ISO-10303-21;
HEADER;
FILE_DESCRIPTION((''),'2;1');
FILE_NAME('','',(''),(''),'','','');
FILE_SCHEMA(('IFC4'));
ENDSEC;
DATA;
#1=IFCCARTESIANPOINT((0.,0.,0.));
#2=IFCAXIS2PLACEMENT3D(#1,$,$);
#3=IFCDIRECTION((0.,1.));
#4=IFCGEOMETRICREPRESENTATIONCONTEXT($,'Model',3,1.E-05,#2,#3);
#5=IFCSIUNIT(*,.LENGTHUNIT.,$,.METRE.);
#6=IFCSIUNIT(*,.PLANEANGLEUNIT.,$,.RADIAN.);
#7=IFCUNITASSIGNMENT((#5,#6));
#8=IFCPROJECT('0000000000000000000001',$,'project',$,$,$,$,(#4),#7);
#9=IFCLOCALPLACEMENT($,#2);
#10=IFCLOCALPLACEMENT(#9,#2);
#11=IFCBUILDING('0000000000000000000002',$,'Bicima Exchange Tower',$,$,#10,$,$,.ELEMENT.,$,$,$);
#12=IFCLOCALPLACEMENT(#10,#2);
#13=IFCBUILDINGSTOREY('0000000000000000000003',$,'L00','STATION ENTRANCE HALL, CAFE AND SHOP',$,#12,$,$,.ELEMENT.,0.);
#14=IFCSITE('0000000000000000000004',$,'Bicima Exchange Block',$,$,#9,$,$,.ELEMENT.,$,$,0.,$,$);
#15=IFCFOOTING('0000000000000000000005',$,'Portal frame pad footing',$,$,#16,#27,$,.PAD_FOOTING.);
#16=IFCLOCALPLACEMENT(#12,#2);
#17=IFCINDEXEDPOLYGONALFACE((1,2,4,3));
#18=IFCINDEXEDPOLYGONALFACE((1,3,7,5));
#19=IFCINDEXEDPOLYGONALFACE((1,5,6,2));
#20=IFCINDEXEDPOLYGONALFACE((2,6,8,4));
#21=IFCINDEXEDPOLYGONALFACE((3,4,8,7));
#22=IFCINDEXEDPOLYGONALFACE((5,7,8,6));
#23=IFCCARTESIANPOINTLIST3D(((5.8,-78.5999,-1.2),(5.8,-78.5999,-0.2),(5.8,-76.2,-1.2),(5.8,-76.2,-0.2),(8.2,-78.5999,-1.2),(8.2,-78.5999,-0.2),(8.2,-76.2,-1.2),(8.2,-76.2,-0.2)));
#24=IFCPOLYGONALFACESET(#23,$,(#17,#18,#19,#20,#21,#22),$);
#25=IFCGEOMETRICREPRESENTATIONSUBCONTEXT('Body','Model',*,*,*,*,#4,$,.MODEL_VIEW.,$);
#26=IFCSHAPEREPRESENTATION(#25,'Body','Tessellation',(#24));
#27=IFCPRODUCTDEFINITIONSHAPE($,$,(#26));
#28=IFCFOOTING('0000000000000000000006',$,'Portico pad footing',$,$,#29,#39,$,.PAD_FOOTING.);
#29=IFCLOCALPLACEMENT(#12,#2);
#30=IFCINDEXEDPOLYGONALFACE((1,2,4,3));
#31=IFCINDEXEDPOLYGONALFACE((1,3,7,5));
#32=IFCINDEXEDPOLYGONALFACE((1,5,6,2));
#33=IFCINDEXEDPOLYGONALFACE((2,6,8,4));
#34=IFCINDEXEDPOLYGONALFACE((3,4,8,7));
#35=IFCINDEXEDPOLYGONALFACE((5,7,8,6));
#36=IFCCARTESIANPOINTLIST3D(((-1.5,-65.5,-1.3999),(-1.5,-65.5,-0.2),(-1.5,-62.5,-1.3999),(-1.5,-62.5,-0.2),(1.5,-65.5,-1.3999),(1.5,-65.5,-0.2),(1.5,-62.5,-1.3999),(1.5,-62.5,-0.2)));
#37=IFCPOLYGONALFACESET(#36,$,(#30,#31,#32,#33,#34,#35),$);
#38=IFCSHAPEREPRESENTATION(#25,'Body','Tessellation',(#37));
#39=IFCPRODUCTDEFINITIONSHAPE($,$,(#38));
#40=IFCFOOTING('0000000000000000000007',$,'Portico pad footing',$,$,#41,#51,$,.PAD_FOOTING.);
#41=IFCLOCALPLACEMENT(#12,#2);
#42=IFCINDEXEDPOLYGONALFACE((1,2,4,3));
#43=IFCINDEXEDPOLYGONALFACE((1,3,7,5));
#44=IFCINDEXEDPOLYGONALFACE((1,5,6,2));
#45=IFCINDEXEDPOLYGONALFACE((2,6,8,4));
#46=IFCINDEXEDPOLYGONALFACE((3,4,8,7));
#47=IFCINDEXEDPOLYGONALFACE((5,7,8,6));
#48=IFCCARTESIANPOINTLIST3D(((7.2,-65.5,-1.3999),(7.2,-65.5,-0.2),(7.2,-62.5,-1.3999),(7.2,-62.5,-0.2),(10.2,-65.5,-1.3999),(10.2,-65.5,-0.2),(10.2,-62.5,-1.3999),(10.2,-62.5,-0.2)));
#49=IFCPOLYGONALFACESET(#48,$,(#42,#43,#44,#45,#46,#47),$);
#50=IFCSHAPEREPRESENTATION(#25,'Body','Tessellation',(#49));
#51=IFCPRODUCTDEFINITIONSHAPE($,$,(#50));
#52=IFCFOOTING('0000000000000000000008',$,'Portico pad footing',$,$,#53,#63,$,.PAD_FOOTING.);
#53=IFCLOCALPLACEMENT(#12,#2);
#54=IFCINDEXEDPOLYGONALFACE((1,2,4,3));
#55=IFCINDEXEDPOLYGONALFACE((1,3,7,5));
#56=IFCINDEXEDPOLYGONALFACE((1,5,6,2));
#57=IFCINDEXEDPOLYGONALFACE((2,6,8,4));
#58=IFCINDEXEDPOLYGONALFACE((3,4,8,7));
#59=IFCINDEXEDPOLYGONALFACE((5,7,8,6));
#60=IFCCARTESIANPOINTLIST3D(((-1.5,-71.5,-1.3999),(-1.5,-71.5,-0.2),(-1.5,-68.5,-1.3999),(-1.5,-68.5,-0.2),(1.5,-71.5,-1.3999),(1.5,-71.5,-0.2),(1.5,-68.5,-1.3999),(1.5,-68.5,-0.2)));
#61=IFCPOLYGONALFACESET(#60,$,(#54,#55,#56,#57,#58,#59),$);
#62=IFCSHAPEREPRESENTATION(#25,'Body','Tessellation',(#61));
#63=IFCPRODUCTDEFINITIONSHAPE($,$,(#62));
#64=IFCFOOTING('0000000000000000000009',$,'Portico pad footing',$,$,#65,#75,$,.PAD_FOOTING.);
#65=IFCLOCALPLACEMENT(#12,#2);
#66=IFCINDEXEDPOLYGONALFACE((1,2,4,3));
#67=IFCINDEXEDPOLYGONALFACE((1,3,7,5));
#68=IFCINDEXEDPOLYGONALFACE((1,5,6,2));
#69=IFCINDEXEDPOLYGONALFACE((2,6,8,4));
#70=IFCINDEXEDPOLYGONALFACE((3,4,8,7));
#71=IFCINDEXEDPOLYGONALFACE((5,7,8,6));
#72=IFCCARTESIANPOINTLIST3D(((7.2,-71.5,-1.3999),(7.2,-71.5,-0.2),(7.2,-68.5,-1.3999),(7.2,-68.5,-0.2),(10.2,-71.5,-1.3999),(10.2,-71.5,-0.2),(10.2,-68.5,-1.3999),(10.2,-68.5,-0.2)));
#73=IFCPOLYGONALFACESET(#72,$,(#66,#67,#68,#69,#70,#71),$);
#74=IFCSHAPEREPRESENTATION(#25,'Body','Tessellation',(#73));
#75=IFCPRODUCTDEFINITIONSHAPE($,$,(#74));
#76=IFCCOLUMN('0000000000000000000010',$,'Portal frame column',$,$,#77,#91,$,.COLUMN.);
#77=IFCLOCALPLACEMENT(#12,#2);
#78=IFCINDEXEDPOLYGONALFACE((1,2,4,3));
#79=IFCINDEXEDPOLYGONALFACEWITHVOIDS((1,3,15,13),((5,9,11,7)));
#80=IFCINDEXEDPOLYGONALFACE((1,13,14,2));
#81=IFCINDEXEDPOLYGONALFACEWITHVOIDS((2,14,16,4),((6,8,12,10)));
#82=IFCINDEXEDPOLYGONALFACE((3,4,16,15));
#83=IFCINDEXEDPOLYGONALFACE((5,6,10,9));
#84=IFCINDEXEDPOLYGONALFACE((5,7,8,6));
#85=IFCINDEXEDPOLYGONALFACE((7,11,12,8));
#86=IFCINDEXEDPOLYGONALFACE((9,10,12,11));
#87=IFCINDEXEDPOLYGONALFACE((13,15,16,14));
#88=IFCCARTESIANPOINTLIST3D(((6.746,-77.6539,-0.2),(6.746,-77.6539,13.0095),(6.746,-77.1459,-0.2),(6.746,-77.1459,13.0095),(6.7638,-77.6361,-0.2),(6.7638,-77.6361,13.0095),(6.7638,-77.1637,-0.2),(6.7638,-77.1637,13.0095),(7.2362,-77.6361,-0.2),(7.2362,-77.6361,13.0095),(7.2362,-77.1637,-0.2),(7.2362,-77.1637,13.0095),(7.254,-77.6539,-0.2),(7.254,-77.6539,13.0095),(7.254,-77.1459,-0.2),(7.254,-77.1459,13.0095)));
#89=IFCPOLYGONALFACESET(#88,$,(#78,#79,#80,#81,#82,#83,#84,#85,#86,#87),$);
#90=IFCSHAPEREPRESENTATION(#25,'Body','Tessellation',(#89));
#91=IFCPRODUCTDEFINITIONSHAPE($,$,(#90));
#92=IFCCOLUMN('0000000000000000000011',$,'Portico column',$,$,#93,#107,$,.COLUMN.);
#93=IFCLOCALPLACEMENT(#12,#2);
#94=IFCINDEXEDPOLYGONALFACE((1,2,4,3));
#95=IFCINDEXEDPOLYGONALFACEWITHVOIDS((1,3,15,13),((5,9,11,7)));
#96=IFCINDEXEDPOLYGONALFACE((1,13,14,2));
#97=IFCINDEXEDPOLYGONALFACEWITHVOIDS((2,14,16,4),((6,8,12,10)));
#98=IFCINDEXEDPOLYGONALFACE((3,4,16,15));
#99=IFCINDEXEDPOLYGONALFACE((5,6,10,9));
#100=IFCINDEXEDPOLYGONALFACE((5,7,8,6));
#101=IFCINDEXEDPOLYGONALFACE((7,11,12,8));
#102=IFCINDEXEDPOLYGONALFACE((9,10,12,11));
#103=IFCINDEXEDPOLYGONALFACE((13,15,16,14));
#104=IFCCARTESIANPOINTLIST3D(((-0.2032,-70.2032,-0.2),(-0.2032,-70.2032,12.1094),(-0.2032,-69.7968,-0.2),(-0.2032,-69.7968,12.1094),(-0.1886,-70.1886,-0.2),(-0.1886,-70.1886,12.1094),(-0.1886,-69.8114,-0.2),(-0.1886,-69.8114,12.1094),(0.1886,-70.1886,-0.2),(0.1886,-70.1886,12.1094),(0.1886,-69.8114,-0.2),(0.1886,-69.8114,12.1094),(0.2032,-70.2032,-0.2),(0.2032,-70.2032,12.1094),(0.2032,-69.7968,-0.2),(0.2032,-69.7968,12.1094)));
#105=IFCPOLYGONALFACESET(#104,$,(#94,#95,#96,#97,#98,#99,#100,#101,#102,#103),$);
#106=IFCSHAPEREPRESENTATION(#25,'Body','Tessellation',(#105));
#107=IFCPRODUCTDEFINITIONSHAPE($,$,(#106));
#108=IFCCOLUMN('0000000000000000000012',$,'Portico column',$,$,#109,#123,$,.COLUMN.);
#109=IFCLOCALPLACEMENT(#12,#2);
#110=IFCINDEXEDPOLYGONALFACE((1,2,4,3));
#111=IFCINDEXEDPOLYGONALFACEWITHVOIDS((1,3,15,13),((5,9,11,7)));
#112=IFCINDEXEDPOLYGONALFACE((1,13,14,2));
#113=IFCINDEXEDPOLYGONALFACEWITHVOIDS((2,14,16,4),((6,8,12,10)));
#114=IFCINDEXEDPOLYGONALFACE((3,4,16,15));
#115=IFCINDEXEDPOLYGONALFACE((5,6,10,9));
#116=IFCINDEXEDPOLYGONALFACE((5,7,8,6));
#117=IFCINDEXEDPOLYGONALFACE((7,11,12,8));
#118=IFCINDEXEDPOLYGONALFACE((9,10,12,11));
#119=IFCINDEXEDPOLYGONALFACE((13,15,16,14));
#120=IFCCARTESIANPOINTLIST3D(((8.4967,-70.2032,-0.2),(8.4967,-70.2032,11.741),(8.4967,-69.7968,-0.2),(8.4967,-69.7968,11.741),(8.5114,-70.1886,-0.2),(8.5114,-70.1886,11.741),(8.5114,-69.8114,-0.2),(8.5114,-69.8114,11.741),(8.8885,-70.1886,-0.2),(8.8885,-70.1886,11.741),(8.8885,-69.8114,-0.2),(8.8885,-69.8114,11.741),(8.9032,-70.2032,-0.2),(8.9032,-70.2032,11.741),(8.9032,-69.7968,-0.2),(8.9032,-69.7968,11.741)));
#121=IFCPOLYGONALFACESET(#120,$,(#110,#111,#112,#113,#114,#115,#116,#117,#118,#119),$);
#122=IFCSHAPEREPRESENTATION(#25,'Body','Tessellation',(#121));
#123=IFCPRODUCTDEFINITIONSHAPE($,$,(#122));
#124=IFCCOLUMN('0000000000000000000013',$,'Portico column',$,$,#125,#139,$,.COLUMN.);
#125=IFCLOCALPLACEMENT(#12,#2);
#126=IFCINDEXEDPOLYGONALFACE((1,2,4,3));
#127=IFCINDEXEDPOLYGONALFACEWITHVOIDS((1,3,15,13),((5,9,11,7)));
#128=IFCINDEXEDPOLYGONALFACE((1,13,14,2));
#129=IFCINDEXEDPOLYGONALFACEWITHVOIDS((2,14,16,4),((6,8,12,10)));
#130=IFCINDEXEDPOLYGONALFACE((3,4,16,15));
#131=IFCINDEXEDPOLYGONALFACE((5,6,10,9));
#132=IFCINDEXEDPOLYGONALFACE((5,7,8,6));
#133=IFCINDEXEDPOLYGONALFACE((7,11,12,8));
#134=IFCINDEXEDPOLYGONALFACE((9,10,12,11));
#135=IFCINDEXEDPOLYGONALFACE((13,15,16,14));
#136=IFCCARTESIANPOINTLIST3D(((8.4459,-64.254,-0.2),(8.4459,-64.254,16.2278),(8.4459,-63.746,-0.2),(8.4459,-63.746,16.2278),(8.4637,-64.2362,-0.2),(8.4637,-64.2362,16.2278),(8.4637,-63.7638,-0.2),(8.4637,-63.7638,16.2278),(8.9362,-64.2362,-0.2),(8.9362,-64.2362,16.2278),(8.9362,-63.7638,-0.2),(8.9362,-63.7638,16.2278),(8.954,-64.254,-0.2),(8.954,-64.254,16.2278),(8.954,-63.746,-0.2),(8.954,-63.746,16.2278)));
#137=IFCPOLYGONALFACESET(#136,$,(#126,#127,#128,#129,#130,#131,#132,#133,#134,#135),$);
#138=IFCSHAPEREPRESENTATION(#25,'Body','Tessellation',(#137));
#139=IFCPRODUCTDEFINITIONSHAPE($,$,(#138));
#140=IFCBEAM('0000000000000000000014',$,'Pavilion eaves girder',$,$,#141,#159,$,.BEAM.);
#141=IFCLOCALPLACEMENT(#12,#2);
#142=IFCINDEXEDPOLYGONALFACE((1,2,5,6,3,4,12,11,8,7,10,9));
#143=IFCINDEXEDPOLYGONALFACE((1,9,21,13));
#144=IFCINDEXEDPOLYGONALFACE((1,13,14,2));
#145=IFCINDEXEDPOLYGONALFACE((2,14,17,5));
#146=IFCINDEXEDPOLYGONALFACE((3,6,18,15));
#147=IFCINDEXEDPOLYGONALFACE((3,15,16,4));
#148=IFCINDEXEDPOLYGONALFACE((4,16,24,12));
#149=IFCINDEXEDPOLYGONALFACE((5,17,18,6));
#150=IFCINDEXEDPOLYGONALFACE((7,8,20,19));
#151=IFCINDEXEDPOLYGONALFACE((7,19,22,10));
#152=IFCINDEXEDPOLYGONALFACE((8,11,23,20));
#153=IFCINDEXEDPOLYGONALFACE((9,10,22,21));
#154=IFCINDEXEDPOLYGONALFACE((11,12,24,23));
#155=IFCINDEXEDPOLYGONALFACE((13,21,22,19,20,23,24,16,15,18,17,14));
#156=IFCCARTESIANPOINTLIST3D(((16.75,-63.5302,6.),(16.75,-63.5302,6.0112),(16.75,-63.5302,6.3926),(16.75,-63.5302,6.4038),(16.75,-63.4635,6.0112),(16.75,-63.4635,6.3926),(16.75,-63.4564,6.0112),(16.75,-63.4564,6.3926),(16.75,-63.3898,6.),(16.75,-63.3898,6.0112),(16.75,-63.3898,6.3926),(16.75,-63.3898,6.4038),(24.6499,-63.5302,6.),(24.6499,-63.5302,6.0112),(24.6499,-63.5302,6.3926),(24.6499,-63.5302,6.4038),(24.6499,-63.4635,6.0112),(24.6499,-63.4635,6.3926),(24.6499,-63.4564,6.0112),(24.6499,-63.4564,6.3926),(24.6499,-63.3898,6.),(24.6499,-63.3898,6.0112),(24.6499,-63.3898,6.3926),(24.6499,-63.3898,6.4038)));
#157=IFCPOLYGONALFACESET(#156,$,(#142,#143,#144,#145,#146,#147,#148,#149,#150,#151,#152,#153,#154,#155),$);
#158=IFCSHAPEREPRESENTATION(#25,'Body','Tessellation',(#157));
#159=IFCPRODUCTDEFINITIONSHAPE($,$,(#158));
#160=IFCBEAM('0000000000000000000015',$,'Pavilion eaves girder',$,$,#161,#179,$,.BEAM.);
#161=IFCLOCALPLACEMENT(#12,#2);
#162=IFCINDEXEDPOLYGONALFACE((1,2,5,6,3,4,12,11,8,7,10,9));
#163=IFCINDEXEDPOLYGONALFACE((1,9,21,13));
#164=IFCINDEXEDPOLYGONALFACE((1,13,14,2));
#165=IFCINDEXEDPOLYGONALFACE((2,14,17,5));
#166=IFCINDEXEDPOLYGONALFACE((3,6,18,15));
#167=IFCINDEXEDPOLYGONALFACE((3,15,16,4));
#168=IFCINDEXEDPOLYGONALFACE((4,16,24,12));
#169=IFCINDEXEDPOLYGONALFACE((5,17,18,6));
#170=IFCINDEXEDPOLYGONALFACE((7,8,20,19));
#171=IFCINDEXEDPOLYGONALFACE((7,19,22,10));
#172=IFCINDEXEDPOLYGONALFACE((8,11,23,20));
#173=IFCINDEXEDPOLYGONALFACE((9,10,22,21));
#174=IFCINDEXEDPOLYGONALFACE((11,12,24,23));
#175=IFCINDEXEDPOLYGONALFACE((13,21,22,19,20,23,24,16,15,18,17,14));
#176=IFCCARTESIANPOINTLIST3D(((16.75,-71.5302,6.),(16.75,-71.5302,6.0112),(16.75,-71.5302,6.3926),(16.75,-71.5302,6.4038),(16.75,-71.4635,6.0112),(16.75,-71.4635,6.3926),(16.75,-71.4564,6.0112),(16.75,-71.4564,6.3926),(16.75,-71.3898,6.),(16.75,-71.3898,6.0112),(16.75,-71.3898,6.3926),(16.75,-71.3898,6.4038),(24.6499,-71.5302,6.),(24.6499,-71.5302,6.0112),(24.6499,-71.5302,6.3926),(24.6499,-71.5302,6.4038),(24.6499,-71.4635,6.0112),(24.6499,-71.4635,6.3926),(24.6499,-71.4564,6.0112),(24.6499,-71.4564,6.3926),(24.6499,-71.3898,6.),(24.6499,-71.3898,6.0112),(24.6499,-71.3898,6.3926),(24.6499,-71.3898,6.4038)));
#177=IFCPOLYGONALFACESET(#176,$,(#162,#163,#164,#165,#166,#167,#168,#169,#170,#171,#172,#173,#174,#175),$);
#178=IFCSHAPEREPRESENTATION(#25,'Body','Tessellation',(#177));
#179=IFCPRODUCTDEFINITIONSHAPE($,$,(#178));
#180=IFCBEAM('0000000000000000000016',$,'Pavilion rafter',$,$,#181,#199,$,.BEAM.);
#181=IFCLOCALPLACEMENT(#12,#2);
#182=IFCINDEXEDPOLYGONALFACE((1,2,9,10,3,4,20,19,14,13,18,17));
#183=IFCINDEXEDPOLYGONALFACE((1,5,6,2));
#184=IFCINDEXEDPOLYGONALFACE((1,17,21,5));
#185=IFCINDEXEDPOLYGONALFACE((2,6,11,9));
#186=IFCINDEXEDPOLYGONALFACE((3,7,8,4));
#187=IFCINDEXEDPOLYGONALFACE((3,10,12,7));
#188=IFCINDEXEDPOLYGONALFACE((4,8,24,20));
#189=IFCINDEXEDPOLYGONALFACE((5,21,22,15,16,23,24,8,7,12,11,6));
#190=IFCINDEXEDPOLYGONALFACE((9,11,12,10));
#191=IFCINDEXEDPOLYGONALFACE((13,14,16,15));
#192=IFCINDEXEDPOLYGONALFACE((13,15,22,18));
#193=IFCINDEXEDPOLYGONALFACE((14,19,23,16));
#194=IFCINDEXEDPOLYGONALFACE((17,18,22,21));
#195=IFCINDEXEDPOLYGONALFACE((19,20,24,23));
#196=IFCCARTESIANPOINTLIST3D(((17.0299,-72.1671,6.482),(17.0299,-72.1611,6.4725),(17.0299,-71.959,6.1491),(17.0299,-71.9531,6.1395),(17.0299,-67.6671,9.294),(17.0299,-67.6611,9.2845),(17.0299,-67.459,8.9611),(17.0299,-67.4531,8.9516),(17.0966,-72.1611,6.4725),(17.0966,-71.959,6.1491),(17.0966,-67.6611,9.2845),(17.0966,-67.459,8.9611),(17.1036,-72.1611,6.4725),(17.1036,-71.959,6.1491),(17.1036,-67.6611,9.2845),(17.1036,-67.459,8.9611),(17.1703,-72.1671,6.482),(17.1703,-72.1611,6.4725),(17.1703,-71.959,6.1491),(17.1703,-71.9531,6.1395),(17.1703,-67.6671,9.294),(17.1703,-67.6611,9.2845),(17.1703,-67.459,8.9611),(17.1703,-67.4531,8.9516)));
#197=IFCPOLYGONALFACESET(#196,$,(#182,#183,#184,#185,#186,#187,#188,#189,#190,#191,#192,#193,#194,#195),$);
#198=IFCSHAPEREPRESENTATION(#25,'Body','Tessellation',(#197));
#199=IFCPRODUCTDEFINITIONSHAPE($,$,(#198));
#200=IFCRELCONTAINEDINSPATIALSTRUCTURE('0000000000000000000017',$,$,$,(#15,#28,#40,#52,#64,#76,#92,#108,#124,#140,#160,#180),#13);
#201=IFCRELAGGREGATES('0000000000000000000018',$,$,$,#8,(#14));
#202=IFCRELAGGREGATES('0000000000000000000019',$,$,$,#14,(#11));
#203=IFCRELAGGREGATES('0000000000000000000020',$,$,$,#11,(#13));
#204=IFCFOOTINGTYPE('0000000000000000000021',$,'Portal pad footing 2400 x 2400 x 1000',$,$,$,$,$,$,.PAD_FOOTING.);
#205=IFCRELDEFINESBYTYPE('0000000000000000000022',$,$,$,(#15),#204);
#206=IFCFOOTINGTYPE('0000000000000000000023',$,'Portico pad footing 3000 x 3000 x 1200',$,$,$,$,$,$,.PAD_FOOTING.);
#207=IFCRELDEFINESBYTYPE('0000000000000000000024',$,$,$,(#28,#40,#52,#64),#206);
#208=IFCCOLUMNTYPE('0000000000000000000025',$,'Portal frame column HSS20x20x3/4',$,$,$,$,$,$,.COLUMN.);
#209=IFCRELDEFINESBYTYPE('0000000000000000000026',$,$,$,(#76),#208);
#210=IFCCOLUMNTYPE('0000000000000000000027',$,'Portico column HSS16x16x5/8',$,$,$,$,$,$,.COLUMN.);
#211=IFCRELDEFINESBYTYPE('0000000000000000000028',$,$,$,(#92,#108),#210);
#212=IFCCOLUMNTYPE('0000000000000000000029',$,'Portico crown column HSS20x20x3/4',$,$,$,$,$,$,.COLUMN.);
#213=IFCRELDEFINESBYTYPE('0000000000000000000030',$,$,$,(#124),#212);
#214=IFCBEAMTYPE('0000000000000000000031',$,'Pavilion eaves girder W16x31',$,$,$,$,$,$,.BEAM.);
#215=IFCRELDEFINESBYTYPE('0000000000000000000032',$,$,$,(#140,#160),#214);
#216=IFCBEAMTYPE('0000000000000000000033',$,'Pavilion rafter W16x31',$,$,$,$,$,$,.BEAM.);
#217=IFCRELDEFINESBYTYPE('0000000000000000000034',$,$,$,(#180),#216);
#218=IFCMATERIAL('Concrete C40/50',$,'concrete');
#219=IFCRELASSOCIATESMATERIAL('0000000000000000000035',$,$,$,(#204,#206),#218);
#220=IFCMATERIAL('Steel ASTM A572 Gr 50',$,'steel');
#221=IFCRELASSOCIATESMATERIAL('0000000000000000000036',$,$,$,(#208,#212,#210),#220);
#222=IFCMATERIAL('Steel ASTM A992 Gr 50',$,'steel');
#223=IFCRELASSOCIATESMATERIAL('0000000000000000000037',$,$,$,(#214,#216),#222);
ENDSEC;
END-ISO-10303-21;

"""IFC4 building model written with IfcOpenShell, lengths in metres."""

from ifc_helpers import new_model, si_unit, direction, frame, origin, origin_2d, place, context, subcontext, project, spatial, rectangle, hollow_rectangle, i_section, extrude, material, material_profile, profile_set, type_object, element, save


model = new_model("IFC4")

# Units and contexts
model_context = context("Model", 3, precision=1e-05, world=origin(), true_north=direction((0.0, 1.0)))
body_context = subcontext(model_context, "Body", "Model", "MODEL_VIEW")
ifc_project = project(units=[si_unit("LENGTHUNIT", "METRE"), si_unit("PLANEANGLEUNIT", "RADIAN")], contexts=[model_context])

# Site, building, storey
site_placement = place(None, origin())
site = spatial("IfcSite", under=ifc_project, at=site_placement, Name="Bicima Exchange Block", CompositionType="ELEMENT", RefElevation=0.0)
building_placement = place(site_placement, origin())
building = spatial("IfcBuilding", under=site, at=building_placement, Name="Bicima Exchange Tower", CompositionType="ELEMENT")
storey_placement = place(building_placement, origin())
storey = spatial("IfcBuildingStorey", under=building, at=storey_placement, Name="L00", Description="STATION ENTRANCE HALL, CAFE AND SHOP", CompositionType="ELEMENT", Elevation=0.0)

# Footings
ifc_material_1 = material(Name="Concrete C40/50", Category="concrete")
footing_type_1 = type_object("IfcFootingType", Name="Portal pad footing 2400 x 2400 x 1000", PredefinedType="PAD_FOOTING", material=ifc_material_1)
footing_placement = place(storey_placement, frame((7.0, -77.3999, -1.2), z_axis=(0.0, 0.0, 1.0), x_axis=(1.0, 0.0, 0.0)))
element("IfcFooting", 1, at=footing_placement, inside=storey, type_object=footing_type_1, Name="Portal frame pad footing", PredefinedType="PAD_FOOTING", context=body_context, shape_type="SweptSolid", body=[
    extrude(rectangle(XDim=2.3999, YDim=2.3999, at=origin_2d()), origin(), (0.0, 0.0, 1.0), 1.0),
])
footing_type_2 = type_object("IfcFootingType", Name="Portico pad footing 3000 x 3000 x 1200", PredefinedType="PAD_FOOTING", material=ifc_material_1)
for number, where, z_axis, x_axis, name in (
    (2, (0.0, -64.0, -1.3999), (0.0, 0.0, 1.0), (1.0, 0.0, 0.0), "Portico pad footing"),
    (3, (8.7, -64.0, -1.3999), (0.0, 0.0, 1.0), (1.0, 0.0, 0.0), "Portico pad footing"),
    (4, (0.0, -70.0, -1.3999), (0.0, 0.0, 1.0), (1.0, 0.0, 0.0), "Portico pad footing"),
    (5, (8.7, -70.0, -1.3999), (0.0, 0.0, 1.0), (1.0, 0.0, 0.0), "Portico pad footing"),
):
    element("IfcFooting", number, at=place(storey_placement, frame(where, z_axis=z_axis, x_axis=x_axis)), inside=storey, type_object=footing_type_2, Name=name, PredefinedType="PAD_FOOTING", context=body_context, shape_type="SweptSolid", body=[
        extrude(rectangle(XDim=3.0, YDim=3.0, at=origin_2d()), origin(), (0.0, 0.0, 1.0), 1.2),
    ])

# Columns
ifc_material_2 = material(Name="Steel ASTM A572 Gr 50", Category="steel")
ifc_material_profile_1 = material_profile(ifc_material_2, hollow_rectangle(XDim=0.5081, YDim=0.5081, WallThickness=0.0178, at=origin_2d()))
ifc_profile_set_1 = profile_set([ifc_material_profile_1], Name="Steel ASTM A572 Gr 50")
column_type_1 = type_object("IfcColumnType", Name="Portal frame column HSS20x20x3/4", PredefinedType="COLUMN", material=ifc_profile_set_1)
column_1_placement = place(storey_placement, frame((7.0, -77.3999, -0.2), z_axis=(0.0, 0.0, 1.0), x_axis=(1.0, 0.0, 0.0)))
element("IfcColumn", 6, at=column_1_placement, inside=storey, type_object=column_type_1, Name="Portal frame column", PredefinedType="COLUMN", context=body_context, shape_type="SweptSolid", body=[
    extrude(hollow_rectangle(XDim=0.5081, YDim=0.5081, WallThickness=0.0178, at=origin_2d()), origin(), (0.0, 0.0, 1.0), 13.2095),
])
ifc_material_profile_2 = material_profile(ifc_material_2, hollow_rectangle(XDim=0.4065, YDim=0.4065, WallThickness=0.0146, at=origin_2d()))
ifc_profile_set_2 = profile_set([ifc_material_profile_2], Name="Steel ASTM A572 Gr 50")
column_type_2 = type_object("IfcColumnType", Name="Portico column HSS16x16x5/8", PredefinedType="COLUMN", material=ifc_profile_set_2)
column_2_placement = place(storey_placement, frame((0.0, -70.0, -0.2), z_axis=(0.0, 0.0, 1.0), x_axis=(1.0, 0.0, 0.0)))
element("IfcColumn", 7, at=column_2_placement, inside=storey, type_object=column_type_2, Name="Portico column", PredefinedType="COLUMN", context=body_context, shape_type="SweptSolid", body=[
    extrude(hollow_rectangle(XDim=0.4065, YDim=0.4065, WallThickness=0.0146, at=origin_2d()), origin(), (0.0, 0.0, 1.0), 12.3093),
])
column_3_placement = place(storey_placement, frame((8.7, -70.0, -0.2), z_axis=(0.0, 0.0, 1.0), x_axis=(1.0, 0.0, 0.0)))
element("IfcColumn", 8, at=column_3_placement, inside=storey, type_object=column_type_2, Name="Portico column", PredefinedType="COLUMN", context=body_context, shape_type="SweptSolid", body=[
    extrude(hollow_rectangle(XDim=0.4065, YDim=0.4065, WallThickness=0.0146, at=origin_2d()), origin(), (0.0, 0.0, 1.0), 11.9409),
])
column_type_3 = type_object("IfcColumnType", Name="Portico crown column HSS20x20x3/4", PredefinedType="COLUMN", material=ifc_profile_set_1)
column_4_placement = place(storey_placement, frame((8.7, -64.0, -0.2), z_axis=(0.0, 0.0, 1.0), x_axis=(1.0, 0.0, 0.0)))
element("IfcColumn", 9, at=column_4_placement, inside=storey, type_object=column_type_3, Name="Portico column", PredefinedType="COLUMN", context=body_context, shape_type="SweptSolid", body=[
    extrude(hollow_rectangle(XDim=0.5081, YDim=0.5081, WallThickness=0.0178, at=origin_2d()), origin(), (0.0, 0.0, 1.0), 16.4277),
])

# Beams
ifc_material_3 = material(Name="Steel ASTM A992 Gr 50", Category="steel")
ifc_material_profile_3 = material_profile(ifc_material_3, i_section(OverallWidth=0.1404, OverallDepth=0.4038, WebThickness=0.0071, FlangeThickness=0.0112, at=origin_2d()))
ifc_profile_set_3 = profile_set([ifc_material_profile_3], Name="Steel ASTM A992 Gr 50")
beam_type_1 = type_object("IfcBeamType", Name="Pavilion eaves girder W16x31", PredefinedType="BEAM", material=ifc_profile_set_3)
for number, where, z_axis, x_axis, name in (
    (10, (16.75, -63.46, 6.2019), (1.0, 0.0, 0.0), (0.0, 1.0, 0.0), "Pavilion eaves girder"),
    (11, (16.75, -71.46, 6.2019), (1.0, 0.0, 0.0), (0.0, 1.0, 0.0), "Pavilion eaves girder"),
):
    element("IfcBeam", number, at=place(storey_placement, frame(where, z_axis=z_axis, x_axis=x_axis)), inside=storey, type_object=beam_type_1, Name=name, PredefinedType="BEAM", context=body_context, shape_type="SweptSolid", body=[
        extrude(i_section(OverallWidth=0.1404, OverallDepth=0.4038, WebThickness=0.0071, FlangeThickness=0.0112, at=origin_2d()), origin(), (0.0, 0.0, 1.0), 7.8999),
    ])
beam_type_2 = type_object("IfcBeamType", Name="Pavilion rafter W16x31", PredefinedType="BEAM", material=ifc_profile_set_3)
beam_1_placement = place(storey_placement, frame((17.1001, -67.5601, 9.1228), z_axis=(0.0, -0.84804, -0.529933), x_axis=(1.0, 0.0, 0.0)))
element("IfcBeam", 12, at=beam_1_placement, inside=storey, type_object=beam_type_2, Name="Pavilion rafter", PredefinedType="BEAM", context=body_context, shape_type="SweptSolid", body=[
    extrude(i_section(OverallWidth=0.1404, OverallDepth=0.4038, WebThickness=0.0071, FlangeThickness=0.0112, at=origin_2d()), origin(), (0.0, 0.0, 1.0), 5.3064),
])

save(model, "model.ifc")
